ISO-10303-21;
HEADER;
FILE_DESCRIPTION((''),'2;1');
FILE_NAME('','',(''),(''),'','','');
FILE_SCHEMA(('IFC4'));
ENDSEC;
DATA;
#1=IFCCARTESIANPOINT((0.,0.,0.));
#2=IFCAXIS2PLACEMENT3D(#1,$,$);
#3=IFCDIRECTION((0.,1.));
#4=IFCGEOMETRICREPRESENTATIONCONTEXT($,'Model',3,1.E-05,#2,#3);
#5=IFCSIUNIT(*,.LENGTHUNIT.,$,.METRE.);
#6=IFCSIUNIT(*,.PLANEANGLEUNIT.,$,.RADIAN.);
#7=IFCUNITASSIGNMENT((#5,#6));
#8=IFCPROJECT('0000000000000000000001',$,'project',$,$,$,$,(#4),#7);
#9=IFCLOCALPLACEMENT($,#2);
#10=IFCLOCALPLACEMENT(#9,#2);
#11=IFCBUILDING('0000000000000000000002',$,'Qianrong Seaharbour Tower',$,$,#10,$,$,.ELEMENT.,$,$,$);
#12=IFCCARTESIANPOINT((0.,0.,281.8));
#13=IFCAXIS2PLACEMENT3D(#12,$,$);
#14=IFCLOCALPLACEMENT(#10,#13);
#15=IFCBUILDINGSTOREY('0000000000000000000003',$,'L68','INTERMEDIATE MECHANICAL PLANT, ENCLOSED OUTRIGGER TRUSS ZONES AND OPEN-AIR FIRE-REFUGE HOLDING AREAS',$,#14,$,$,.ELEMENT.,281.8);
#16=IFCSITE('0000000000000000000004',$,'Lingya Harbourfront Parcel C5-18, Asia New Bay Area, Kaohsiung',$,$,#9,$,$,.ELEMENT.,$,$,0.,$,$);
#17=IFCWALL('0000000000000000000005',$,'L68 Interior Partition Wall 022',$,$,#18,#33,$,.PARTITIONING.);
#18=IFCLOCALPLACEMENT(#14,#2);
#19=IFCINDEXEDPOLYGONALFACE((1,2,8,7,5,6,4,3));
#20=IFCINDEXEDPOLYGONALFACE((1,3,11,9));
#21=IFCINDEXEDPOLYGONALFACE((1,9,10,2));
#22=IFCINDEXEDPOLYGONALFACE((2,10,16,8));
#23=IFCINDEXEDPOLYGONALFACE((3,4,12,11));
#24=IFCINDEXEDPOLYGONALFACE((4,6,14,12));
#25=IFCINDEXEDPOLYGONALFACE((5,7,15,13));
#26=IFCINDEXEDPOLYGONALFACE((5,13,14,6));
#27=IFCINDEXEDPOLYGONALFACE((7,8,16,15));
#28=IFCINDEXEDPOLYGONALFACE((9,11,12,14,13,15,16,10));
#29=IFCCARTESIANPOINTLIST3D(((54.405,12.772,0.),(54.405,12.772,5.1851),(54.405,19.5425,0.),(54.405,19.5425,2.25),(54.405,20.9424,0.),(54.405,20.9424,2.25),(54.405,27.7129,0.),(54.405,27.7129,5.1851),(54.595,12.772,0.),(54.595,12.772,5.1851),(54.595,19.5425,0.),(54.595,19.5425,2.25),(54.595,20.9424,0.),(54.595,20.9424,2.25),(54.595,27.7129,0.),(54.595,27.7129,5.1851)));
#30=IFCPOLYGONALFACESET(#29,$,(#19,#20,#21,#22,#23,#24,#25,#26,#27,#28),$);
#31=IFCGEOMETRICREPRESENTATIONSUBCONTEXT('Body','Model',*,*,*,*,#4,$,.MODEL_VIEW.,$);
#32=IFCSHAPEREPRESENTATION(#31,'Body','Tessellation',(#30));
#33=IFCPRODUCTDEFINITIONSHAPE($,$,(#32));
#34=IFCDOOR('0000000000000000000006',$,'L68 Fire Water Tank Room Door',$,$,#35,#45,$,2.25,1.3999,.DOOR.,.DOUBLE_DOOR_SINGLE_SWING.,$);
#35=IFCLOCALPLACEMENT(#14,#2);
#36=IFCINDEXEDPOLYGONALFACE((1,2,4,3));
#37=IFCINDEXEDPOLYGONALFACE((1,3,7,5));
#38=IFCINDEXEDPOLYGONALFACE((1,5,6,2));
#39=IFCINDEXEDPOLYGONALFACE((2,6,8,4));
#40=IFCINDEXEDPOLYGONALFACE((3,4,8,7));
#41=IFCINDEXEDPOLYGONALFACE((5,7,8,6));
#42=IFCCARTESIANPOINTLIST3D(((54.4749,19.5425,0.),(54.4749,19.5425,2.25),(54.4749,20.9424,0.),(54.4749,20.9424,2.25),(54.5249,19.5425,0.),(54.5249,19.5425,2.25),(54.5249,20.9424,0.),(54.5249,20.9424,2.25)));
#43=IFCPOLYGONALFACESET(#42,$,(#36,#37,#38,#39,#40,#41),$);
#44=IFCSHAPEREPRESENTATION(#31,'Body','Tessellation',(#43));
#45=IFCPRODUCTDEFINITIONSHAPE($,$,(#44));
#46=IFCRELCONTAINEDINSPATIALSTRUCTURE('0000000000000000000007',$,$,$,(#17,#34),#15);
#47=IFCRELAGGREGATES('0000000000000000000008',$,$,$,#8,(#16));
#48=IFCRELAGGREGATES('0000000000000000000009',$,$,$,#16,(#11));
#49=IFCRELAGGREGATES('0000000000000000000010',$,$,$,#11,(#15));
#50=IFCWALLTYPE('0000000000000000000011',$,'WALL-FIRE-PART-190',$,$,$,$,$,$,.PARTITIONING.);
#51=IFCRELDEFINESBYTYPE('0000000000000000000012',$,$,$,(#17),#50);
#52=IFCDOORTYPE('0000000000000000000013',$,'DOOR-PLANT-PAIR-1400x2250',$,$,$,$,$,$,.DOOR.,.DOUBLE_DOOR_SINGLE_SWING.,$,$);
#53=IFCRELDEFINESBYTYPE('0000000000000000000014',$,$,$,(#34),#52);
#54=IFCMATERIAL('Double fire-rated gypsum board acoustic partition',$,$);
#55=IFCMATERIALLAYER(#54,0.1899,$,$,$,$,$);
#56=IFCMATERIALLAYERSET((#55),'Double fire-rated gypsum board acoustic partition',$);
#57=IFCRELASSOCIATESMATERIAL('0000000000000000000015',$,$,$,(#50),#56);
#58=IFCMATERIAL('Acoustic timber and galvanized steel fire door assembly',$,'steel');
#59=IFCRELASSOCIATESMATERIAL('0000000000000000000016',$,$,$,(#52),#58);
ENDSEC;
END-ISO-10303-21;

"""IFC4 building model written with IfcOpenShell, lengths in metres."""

from ifc_helpers import new_model, si_unit, direction, frame, frame_2d, origin, place, context, subcontext, project, spatial, rectangle, extrude, material, layer, layer_set, type_object, element, fill, save


model = new_model("IFC4")

# Units and contexts
model_context = context("Model", 3, precision=1e-05, world=origin(), true_north=direction((0.0, 1.0)))
body_context = subcontext(model_context, "Body", "Model", "MODEL_VIEW")
ifc_project = project(units=[si_unit("LENGTHUNIT", "METRE"), si_unit("PLANEANGLEUNIT", "RADIAN")], contexts=[model_context])

# Site, building, storey
site_placement = place(None, origin())
site = spatial("IfcSite", under=ifc_project, at=site_placement, Name="Lingya Harbourfront Parcel C5-18, Asia New Bay Area, Kaohsiung", CompositionType="ELEMENT", RefElevation=0.0)
building_placement = place(site_placement, origin())
building = spatial("IfcBuilding", under=site, at=building_placement, Name="Qianrong Seaharbour Tower", CompositionType="ELEMENT")
storey_placement = place(building_placement, frame((0.0, 0.0, 281.8)))
storey = spatial("IfcBuildingStorey", under=building, at=storey_placement, Name="L68", Description="INTERMEDIATE MECHANICAL PLANT, ENCLOSED OUTRIGGER TRUSS ZONES AND OPEN-AIR FIRE-REFUGE HOLDING AREAS", CompositionType="ELEMENT", Elevation=281.8)

# Wall, opening, door
ifc_material_1 = material(Name="Double fire-rated gypsum board acoustic partition")
ifc_layer_1 = layer(ifc_material_1, 0.1899)
ifc_layer_set_1 = layer_set([ifc_layer_1], Name="Double fire-rated gypsum board acoustic partition")
wall_type = type_object("IfcWallType", Name="WALL-FIRE-PART-190", PredefinedType="PARTITIONING", material=ifc_layer_set_1)
wall_placement = place(storey_placement, frame((54.5, 27.7129, 0.0), z_axis=(0.0, 0.0, 1.0), x_axis=(0.0, -1.0, 0.0)))
wall = element("IfcWall", 1, at=wall_placement, inside=storey, type_object=wall_type, Name="L68 Interior Partition Wall 022", PredefinedType="PARTITIONING", context=body_context, shape_type="SweptSolid", body=[
    extrude(rectangle(XDim=14.9409, YDim=0.1899, at=frame_2d((7.4705, 0.0))), origin(), (0.0, 0.0, 1.0), 5.1851),
])
opening_placement = place(wall_placement, frame((6.7705, 0.0, 0.0)))
opening = element("IfcOpeningElement", 2, at=opening_placement, cuts=wall, PredefinedType="OPENING", context=body_context, shape_type="SweptSolid", body=[
    extrude(rectangle(XDim=1.3999, YDim=2.25, at=frame_2d((0.7, 1.125))), frame((0.0, 0.105, 0.0), z_axis=(0.0, -1.0, 0.0), x_axis=(1.0, 0.0, 0.0)), (0.0, 0.0, 1.0), 0.21),
])
ifc_material_2 = material(Name="Acoustic timber and galvanized steel fire door assembly", Category="steel")
door_type = type_object("IfcDoorType", Name="DOOR-PLANT-PAIR-1400x2250", OperationType="DOUBLE_DOOR_SINGLE_SWING", PredefinedType="DOOR", material=ifc_material_2)
door_placement = place(opening_placement, origin())
door = element("IfcDoor", 3, at=door_placement, inside=storey, type_object=door_type, Name="L68 Fire Water Tank Room Door", OperationType="DOUBLE_DOOR_SINGLE_SWING", OverallHeight=2.25, OverallWidth=1.3999, PredefinedType="DOOR", context=body_context, shape_type="SweptSolid", body=[
    extrude(rectangle(XDim=1.3999, YDim=2.25, at=frame_2d((0.7, 1.125))), frame((0.0, 0.0249, 0.0), z_axis=(0.0, -1.0, 0.0), x_axis=(1.0, 0.0, 0.0)), (0.0, 0.0, 1.0), 0.05),
])
fill(opening, door)

save(model, "model.ifc")
